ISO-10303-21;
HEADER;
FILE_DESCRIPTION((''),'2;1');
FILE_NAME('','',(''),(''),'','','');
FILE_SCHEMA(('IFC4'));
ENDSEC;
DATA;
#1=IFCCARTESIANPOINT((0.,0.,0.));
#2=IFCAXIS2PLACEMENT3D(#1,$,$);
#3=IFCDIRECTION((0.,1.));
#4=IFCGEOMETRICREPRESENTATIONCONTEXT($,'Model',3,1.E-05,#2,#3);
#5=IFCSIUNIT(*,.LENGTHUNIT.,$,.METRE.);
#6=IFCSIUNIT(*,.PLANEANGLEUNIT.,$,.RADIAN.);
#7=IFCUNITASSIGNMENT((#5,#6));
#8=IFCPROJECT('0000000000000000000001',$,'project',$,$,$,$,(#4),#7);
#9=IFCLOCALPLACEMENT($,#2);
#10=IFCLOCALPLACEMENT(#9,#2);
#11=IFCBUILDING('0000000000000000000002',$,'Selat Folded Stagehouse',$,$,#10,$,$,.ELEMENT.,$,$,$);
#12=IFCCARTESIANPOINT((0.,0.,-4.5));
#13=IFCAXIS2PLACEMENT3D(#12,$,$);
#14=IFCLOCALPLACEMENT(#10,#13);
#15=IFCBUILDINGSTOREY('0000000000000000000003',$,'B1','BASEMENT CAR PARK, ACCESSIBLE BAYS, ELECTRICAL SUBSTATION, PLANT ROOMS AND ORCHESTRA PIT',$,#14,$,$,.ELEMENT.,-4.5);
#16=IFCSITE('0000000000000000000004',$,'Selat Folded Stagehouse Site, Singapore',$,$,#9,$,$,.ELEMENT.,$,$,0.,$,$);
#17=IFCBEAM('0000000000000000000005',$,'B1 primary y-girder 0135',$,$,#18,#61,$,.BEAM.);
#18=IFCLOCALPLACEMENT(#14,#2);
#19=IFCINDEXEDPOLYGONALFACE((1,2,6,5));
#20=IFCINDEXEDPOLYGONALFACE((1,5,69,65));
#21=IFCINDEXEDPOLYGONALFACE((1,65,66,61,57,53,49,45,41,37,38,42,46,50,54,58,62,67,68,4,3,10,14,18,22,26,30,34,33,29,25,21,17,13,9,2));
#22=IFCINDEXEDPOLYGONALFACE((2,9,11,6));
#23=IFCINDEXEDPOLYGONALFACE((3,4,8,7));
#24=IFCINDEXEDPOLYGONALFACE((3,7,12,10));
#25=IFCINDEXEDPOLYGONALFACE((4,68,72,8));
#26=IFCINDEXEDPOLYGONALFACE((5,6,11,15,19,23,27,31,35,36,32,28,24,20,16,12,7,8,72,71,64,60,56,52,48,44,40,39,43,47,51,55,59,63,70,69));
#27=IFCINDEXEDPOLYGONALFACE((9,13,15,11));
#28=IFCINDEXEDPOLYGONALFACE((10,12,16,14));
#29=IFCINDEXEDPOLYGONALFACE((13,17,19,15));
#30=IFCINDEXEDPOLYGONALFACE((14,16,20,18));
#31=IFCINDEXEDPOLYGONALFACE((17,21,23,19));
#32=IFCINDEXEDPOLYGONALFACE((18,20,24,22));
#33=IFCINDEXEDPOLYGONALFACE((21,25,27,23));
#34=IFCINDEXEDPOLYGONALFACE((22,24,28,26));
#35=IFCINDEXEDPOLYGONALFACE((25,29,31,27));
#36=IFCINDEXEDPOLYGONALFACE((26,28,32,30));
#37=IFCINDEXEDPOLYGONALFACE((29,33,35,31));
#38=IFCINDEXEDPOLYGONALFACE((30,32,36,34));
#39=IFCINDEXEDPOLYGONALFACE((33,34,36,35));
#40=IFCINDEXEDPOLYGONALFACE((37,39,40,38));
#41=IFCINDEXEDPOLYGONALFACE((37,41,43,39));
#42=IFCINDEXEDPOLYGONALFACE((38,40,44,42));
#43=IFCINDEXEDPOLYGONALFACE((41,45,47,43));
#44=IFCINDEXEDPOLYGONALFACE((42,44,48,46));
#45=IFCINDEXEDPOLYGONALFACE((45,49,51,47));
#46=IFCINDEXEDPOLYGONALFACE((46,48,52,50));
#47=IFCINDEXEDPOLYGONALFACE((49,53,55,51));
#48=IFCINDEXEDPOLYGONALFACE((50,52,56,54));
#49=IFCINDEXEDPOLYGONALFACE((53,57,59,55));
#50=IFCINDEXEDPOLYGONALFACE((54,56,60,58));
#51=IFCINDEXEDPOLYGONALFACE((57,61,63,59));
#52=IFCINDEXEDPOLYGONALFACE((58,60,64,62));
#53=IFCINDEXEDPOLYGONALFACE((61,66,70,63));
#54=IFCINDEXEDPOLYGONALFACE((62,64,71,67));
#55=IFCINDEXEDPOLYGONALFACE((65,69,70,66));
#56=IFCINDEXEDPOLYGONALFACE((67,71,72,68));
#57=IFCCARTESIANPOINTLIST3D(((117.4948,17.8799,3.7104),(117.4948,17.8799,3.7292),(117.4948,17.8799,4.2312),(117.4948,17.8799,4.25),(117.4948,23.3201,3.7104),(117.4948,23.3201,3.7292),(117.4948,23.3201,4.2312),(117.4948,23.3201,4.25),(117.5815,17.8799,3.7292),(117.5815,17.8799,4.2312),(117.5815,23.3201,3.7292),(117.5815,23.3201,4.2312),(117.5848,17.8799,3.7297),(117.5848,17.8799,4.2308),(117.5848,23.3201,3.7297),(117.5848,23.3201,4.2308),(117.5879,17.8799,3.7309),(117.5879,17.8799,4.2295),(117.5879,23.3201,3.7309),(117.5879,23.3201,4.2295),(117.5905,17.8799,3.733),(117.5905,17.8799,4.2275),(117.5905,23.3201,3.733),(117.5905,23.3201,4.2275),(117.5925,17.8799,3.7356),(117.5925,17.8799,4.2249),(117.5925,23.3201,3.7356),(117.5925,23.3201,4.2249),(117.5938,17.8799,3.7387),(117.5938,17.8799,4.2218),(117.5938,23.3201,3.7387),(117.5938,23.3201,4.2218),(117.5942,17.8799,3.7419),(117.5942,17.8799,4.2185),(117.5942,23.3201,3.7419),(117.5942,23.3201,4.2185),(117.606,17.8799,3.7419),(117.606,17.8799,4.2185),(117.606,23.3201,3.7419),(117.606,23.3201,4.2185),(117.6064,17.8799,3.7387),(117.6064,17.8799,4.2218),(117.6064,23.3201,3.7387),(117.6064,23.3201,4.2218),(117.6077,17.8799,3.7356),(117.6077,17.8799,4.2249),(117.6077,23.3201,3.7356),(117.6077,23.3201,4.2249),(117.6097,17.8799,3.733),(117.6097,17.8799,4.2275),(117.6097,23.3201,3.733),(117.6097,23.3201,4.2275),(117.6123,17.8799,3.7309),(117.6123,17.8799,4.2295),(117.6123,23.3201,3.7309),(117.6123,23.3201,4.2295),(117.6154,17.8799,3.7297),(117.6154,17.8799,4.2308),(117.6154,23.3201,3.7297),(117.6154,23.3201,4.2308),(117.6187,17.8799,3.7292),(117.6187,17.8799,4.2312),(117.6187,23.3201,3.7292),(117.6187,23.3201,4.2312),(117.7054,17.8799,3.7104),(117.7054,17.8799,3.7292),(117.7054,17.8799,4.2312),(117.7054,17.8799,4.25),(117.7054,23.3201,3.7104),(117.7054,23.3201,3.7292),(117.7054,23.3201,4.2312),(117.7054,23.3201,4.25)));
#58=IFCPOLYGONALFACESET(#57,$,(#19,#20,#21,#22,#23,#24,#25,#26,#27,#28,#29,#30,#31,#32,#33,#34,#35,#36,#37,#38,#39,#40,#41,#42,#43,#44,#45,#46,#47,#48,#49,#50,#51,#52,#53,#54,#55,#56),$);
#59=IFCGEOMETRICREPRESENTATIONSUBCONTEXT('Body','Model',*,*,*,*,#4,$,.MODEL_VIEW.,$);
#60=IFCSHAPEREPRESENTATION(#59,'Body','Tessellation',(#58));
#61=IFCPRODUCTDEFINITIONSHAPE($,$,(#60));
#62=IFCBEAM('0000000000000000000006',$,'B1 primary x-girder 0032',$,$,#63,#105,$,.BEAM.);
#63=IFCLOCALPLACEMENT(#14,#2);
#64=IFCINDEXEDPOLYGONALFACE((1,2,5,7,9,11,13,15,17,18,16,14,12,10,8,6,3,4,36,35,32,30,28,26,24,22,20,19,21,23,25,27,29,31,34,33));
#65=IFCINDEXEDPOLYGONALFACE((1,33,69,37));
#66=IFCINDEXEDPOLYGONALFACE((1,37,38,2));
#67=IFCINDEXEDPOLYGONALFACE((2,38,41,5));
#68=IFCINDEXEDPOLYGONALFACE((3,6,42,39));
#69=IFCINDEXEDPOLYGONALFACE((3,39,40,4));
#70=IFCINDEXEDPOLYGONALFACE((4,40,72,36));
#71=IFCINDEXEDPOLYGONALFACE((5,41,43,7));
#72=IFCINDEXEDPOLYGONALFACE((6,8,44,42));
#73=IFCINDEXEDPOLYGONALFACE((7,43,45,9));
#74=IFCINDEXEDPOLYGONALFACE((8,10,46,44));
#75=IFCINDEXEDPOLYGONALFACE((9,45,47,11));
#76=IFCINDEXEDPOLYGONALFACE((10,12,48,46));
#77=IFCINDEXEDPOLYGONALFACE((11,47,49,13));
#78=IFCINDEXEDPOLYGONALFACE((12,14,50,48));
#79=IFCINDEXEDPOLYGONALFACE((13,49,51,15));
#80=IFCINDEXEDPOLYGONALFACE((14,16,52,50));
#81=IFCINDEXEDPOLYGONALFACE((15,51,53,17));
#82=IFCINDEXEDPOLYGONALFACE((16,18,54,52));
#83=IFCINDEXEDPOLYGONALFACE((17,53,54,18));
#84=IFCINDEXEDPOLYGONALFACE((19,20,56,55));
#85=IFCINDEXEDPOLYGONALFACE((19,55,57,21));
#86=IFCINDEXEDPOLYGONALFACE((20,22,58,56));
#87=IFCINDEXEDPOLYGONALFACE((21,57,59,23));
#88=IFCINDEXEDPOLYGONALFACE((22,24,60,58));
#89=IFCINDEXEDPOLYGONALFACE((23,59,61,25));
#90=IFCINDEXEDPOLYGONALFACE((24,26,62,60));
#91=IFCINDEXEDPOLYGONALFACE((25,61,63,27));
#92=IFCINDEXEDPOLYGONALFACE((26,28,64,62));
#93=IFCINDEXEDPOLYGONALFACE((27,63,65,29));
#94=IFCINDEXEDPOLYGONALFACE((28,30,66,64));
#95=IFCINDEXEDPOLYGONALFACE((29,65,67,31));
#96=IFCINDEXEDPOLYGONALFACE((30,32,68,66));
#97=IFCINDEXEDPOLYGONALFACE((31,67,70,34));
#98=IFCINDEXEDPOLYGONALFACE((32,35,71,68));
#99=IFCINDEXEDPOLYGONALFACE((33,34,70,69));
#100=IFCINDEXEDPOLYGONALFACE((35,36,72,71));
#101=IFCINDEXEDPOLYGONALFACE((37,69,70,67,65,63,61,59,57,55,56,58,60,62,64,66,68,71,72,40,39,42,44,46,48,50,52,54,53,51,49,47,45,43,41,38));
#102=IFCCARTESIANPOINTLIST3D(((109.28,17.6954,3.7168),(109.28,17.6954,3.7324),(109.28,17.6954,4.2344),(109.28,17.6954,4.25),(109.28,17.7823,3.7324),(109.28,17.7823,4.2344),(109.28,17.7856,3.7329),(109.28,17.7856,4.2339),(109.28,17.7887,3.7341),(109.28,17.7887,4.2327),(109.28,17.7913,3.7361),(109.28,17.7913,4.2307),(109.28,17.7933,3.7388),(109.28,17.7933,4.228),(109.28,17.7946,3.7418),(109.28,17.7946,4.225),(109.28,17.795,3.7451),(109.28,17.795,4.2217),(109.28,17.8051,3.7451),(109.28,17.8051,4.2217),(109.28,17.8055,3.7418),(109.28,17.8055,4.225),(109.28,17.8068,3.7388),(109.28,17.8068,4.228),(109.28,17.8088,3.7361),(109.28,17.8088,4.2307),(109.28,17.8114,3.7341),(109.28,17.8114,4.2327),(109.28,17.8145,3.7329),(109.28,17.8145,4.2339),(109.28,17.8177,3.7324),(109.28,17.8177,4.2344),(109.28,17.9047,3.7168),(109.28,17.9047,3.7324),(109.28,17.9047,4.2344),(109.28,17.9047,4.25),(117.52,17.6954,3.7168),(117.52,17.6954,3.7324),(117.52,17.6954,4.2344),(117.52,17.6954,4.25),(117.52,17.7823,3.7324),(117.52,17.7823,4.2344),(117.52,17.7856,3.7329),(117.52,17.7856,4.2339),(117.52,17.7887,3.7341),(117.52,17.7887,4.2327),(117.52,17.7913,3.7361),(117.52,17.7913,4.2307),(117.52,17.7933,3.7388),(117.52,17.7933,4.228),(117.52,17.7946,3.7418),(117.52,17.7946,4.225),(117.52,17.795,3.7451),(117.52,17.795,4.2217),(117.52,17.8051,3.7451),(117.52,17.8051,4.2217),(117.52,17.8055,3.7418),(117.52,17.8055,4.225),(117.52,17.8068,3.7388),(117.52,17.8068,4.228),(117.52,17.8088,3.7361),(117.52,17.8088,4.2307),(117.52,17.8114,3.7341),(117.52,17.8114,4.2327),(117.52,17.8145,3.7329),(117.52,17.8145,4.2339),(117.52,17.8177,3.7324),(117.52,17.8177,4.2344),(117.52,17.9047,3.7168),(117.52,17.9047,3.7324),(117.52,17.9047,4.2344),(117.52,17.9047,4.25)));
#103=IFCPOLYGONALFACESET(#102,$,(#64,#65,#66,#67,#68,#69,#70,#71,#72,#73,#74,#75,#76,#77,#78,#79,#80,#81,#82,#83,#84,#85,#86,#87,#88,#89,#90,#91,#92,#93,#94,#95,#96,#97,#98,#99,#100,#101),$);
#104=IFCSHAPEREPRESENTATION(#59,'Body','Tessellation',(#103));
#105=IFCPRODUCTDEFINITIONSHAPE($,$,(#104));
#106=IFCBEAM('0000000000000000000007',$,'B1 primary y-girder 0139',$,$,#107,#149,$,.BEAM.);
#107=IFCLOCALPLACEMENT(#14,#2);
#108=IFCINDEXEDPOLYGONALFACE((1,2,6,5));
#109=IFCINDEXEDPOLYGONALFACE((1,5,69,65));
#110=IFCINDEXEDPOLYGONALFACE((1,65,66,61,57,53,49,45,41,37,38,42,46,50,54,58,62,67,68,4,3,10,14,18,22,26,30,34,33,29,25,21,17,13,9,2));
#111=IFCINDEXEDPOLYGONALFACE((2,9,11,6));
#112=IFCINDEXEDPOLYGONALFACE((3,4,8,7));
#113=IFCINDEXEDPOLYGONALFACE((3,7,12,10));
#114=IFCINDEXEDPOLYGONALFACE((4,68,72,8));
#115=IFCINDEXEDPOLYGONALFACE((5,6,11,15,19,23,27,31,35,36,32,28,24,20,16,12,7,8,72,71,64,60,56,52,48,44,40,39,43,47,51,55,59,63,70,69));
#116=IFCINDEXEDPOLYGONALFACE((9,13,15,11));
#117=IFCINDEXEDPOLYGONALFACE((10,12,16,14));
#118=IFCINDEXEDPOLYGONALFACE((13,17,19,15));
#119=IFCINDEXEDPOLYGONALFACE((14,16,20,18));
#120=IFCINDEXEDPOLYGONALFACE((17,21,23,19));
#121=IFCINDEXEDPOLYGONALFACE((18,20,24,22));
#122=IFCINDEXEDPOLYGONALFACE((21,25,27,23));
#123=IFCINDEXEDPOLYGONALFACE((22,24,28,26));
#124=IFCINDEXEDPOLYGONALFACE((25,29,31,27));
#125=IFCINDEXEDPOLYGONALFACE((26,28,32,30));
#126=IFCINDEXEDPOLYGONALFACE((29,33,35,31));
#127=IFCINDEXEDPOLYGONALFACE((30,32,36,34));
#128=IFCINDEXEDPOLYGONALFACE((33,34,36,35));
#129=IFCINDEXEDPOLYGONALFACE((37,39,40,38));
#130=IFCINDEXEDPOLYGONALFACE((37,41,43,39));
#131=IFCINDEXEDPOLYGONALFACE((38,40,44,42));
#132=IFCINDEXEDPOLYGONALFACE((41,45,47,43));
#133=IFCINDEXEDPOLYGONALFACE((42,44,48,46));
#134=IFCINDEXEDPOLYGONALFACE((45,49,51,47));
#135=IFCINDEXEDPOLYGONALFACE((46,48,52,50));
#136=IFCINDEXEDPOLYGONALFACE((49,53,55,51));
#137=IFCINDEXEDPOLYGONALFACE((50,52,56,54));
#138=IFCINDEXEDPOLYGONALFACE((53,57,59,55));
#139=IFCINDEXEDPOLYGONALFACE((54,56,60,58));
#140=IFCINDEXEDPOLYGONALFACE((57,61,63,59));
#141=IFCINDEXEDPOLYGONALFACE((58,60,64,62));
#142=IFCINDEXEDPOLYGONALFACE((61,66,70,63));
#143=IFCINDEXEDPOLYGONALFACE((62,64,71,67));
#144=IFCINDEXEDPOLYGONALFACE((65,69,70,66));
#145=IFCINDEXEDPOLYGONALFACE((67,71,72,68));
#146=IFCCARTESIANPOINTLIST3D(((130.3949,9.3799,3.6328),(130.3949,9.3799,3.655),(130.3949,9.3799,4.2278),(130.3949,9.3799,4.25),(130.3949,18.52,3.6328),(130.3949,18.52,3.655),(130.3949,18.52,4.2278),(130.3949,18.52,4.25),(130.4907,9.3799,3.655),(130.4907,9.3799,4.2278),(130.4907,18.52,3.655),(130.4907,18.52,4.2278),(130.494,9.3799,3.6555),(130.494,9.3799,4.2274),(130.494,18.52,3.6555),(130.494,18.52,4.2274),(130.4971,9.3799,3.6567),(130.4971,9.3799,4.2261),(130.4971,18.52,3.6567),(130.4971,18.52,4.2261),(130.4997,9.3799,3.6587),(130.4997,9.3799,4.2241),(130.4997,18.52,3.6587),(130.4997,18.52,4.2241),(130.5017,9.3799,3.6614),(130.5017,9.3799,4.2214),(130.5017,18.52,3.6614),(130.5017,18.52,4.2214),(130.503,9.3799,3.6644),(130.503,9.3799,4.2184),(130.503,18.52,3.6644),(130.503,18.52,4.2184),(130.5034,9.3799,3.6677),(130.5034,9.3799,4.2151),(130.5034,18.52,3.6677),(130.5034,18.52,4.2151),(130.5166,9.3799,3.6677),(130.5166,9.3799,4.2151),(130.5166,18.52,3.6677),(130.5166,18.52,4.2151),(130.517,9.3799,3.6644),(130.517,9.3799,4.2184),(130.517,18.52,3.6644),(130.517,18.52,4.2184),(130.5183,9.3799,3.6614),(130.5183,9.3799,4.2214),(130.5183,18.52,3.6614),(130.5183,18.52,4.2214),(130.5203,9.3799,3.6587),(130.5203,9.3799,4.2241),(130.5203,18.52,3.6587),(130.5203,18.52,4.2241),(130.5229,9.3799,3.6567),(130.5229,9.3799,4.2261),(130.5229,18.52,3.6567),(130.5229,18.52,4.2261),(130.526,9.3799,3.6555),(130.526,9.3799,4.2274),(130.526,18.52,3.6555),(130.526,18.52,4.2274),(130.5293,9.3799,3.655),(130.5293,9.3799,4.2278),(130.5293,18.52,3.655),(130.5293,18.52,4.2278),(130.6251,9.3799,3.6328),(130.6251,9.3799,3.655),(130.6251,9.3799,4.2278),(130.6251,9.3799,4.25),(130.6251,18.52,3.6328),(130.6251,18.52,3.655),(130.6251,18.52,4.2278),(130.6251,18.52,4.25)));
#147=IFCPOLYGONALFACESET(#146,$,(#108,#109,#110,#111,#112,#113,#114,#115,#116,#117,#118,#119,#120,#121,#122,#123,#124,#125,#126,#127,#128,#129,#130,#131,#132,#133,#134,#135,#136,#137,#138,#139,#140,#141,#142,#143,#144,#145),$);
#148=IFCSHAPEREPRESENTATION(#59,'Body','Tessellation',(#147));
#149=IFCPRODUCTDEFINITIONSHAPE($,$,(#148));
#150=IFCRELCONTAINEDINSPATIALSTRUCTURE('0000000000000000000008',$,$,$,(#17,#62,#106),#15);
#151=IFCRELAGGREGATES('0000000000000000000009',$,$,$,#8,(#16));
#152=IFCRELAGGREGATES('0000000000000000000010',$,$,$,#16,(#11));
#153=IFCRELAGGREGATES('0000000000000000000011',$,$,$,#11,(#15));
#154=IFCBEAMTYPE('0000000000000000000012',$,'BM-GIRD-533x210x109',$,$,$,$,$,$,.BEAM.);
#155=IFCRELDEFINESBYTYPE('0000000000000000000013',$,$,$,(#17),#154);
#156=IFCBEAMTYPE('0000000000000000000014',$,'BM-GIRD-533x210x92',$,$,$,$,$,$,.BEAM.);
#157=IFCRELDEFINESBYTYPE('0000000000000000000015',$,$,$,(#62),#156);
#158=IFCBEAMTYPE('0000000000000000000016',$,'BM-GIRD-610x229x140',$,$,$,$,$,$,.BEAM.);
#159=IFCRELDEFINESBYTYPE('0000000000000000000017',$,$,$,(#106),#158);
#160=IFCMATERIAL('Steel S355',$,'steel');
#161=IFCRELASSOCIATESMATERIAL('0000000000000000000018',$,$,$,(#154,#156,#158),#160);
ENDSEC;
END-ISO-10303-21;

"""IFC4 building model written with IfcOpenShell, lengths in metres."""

from ifc_helpers import new_model, si_unit, direction, frame, origin, origin_2d, place, context, subcontext, project, spatial, i_section, extrude, material, material_profile, profile_set, type_object, element, save


model = new_model("IFC4")

# Units and contexts
model_context = context("Model", 3, precision=1e-05, world=origin(), true_north=direction((0.0, 1.0)))
body_context = subcontext(model_context, "Body", "Model", "MODEL_VIEW")
ifc_project = project(units=[si_unit("LENGTHUNIT", "METRE"), si_unit("PLANEANGLEUNIT", "RADIAN")], contexts=[model_context])

# Site, building, storey
site_placement = place(None, origin())
site = spatial("IfcSite", under=ifc_project, at=site_placement, Name="Selat Folded Stagehouse Site, Singapore", CompositionType="ELEMENT", RefElevation=0.0)
building_placement = place(site_placement, origin())
building = spatial("IfcBuilding", under=site, at=building_placement, Name="Selat Folded Stagehouse", CompositionType="ELEMENT")
storey_placement = place(building_placement, frame((0.0, 0.0, -4.5)))
storey = spatial("IfcBuildingStorey", under=building, at=storey_placement, Name="B1", Description="BASEMENT CAR PARK, ACCESSIBLE BAYS, ELECTRICAL SUBSTATION, PLANT ROOMS AND ORCHESTRA PIT", CompositionType="ELEMENT", Elevation=-4.5)

# Shared definitions
ifc_material_1 = material(Name="Steel S355", Category="steel")

# Beams
ifc_material_profile_1 = material_profile(ifc_material_1, i_section(OverallWidth=0.2107, OverallDepth=0.5396, WebThickness=0.0117, FlangeThickness=0.0188, FilletRadius=0.0127, at=origin_2d()), Name="UKB 533x210x109")
ifc_profile_set_1 = profile_set([ifc_material_profile_1], Name="Steel S355")
beam_type_1 = type_object("IfcBeamType", Name="BM-GIRD-533x210x109", PredefinedType="BEAM", material=ifc_profile_set_1)
beam_1_placement = place(storey_placement, frame((117.6001, 17.8799, 3.9802), z_axis=(0.0, 1.0, 0.0), x_axis=(-1.0, 0.0, 0.0)))
element("IfcBeam", 1, at=beam_1_placement, inside=storey, type_object=beam_type_1, Name="B1 primary y-girder 0135", PredefinedType="BEAM", context=body_context, shape_type="SweptSolid", body=[
    extrude(i_section(OverallWidth=0.2107, OverallDepth=0.5396, WebThickness=0.0117, FlangeThickness=0.0188, FilletRadius=0.0127, at=origin_2d()), origin(), (0.0, 0.0, 1.0), 5.4402),
])
ifc_material_profile_2 = material_profile(ifc_material_1, i_section(OverallWidth=0.2092, OverallDepth=0.5332, WebThickness=0.01, FlangeThickness=0.0156, FilletRadius=0.0127, at=origin_2d()), Name="UKB 533x210x92")
ifc_profile_set_2 = profile_set([ifc_material_profile_2], Name="Steel S355")
beam_type_2 = type_object("IfcBeamType", Name="BM-GIRD-533x210x92", PredefinedType="BEAM", material=ifc_profile_set_2)
beam_2_placement = place(storey_placement, frame((109.28, 17.8, 3.9834), z_axis=(1.0, 0.0, 0.0), x_axis=(0.0, 1.0, 0.0)))
element("IfcBeam", 2, at=beam_2_placement, inside=storey, type_object=beam_type_2, Name="B1 primary x-girder 0032", PredefinedType="BEAM", context=body_context, shape_type="SweptSolid", body=[
    extrude(i_section(OverallWidth=0.2092, OverallDepth=0.5332, WebThickness=0.01, FlangeThickness=0.0156, FilletRadius=0.0127, at=origin_2d()), origin(), (0.0, 0.0, 1.0), 8.24),
])
ifc_material_profile_3 = material_profile(ifc_material_1, i_section(OverallWidth=0.2302, OverallDepth=0.6172, WebThickness=0.0132, FlangeThickness=0.0222, FilletRadius=0.0127, at=origin_2d()), Name="UKB 610x229x140")
ifc_profile_set_3 = profile_set([ifc_material_profile_3], Name="Steel S355")
beam_type_3 = type_object("IfcBeamType", Name="BM-GIRD-610x229x140", PredefinedType="BEAM", material=ifc_profile_set_3)
beam_3_placement = place(storey_placement, frame((130.51, 9.3799, 3.9414), z_axis=(0.0, 1.0, 0.0), x_axis=(-1.0, 0.0, 0.0)))
element("IfcBeam", 3, at=beam_3_placement, inside=storey, type_object=beam_type_3, Name="B1 primary y-girder 0139", PredefinedType="BEAM", context=body_context, shape_type="SweptSolid", body=[
    extrude(i_section(OverallWidth=0.2302, OverallDepth=0.6172, WebThickness=0.0132, FlangeThickness=0.0222, FilletRadius=0.0127, at=origin_2d()), origin(), (0.0, 0.0, 1.0), 9.1401),
])

save(model, "model.ifc")
